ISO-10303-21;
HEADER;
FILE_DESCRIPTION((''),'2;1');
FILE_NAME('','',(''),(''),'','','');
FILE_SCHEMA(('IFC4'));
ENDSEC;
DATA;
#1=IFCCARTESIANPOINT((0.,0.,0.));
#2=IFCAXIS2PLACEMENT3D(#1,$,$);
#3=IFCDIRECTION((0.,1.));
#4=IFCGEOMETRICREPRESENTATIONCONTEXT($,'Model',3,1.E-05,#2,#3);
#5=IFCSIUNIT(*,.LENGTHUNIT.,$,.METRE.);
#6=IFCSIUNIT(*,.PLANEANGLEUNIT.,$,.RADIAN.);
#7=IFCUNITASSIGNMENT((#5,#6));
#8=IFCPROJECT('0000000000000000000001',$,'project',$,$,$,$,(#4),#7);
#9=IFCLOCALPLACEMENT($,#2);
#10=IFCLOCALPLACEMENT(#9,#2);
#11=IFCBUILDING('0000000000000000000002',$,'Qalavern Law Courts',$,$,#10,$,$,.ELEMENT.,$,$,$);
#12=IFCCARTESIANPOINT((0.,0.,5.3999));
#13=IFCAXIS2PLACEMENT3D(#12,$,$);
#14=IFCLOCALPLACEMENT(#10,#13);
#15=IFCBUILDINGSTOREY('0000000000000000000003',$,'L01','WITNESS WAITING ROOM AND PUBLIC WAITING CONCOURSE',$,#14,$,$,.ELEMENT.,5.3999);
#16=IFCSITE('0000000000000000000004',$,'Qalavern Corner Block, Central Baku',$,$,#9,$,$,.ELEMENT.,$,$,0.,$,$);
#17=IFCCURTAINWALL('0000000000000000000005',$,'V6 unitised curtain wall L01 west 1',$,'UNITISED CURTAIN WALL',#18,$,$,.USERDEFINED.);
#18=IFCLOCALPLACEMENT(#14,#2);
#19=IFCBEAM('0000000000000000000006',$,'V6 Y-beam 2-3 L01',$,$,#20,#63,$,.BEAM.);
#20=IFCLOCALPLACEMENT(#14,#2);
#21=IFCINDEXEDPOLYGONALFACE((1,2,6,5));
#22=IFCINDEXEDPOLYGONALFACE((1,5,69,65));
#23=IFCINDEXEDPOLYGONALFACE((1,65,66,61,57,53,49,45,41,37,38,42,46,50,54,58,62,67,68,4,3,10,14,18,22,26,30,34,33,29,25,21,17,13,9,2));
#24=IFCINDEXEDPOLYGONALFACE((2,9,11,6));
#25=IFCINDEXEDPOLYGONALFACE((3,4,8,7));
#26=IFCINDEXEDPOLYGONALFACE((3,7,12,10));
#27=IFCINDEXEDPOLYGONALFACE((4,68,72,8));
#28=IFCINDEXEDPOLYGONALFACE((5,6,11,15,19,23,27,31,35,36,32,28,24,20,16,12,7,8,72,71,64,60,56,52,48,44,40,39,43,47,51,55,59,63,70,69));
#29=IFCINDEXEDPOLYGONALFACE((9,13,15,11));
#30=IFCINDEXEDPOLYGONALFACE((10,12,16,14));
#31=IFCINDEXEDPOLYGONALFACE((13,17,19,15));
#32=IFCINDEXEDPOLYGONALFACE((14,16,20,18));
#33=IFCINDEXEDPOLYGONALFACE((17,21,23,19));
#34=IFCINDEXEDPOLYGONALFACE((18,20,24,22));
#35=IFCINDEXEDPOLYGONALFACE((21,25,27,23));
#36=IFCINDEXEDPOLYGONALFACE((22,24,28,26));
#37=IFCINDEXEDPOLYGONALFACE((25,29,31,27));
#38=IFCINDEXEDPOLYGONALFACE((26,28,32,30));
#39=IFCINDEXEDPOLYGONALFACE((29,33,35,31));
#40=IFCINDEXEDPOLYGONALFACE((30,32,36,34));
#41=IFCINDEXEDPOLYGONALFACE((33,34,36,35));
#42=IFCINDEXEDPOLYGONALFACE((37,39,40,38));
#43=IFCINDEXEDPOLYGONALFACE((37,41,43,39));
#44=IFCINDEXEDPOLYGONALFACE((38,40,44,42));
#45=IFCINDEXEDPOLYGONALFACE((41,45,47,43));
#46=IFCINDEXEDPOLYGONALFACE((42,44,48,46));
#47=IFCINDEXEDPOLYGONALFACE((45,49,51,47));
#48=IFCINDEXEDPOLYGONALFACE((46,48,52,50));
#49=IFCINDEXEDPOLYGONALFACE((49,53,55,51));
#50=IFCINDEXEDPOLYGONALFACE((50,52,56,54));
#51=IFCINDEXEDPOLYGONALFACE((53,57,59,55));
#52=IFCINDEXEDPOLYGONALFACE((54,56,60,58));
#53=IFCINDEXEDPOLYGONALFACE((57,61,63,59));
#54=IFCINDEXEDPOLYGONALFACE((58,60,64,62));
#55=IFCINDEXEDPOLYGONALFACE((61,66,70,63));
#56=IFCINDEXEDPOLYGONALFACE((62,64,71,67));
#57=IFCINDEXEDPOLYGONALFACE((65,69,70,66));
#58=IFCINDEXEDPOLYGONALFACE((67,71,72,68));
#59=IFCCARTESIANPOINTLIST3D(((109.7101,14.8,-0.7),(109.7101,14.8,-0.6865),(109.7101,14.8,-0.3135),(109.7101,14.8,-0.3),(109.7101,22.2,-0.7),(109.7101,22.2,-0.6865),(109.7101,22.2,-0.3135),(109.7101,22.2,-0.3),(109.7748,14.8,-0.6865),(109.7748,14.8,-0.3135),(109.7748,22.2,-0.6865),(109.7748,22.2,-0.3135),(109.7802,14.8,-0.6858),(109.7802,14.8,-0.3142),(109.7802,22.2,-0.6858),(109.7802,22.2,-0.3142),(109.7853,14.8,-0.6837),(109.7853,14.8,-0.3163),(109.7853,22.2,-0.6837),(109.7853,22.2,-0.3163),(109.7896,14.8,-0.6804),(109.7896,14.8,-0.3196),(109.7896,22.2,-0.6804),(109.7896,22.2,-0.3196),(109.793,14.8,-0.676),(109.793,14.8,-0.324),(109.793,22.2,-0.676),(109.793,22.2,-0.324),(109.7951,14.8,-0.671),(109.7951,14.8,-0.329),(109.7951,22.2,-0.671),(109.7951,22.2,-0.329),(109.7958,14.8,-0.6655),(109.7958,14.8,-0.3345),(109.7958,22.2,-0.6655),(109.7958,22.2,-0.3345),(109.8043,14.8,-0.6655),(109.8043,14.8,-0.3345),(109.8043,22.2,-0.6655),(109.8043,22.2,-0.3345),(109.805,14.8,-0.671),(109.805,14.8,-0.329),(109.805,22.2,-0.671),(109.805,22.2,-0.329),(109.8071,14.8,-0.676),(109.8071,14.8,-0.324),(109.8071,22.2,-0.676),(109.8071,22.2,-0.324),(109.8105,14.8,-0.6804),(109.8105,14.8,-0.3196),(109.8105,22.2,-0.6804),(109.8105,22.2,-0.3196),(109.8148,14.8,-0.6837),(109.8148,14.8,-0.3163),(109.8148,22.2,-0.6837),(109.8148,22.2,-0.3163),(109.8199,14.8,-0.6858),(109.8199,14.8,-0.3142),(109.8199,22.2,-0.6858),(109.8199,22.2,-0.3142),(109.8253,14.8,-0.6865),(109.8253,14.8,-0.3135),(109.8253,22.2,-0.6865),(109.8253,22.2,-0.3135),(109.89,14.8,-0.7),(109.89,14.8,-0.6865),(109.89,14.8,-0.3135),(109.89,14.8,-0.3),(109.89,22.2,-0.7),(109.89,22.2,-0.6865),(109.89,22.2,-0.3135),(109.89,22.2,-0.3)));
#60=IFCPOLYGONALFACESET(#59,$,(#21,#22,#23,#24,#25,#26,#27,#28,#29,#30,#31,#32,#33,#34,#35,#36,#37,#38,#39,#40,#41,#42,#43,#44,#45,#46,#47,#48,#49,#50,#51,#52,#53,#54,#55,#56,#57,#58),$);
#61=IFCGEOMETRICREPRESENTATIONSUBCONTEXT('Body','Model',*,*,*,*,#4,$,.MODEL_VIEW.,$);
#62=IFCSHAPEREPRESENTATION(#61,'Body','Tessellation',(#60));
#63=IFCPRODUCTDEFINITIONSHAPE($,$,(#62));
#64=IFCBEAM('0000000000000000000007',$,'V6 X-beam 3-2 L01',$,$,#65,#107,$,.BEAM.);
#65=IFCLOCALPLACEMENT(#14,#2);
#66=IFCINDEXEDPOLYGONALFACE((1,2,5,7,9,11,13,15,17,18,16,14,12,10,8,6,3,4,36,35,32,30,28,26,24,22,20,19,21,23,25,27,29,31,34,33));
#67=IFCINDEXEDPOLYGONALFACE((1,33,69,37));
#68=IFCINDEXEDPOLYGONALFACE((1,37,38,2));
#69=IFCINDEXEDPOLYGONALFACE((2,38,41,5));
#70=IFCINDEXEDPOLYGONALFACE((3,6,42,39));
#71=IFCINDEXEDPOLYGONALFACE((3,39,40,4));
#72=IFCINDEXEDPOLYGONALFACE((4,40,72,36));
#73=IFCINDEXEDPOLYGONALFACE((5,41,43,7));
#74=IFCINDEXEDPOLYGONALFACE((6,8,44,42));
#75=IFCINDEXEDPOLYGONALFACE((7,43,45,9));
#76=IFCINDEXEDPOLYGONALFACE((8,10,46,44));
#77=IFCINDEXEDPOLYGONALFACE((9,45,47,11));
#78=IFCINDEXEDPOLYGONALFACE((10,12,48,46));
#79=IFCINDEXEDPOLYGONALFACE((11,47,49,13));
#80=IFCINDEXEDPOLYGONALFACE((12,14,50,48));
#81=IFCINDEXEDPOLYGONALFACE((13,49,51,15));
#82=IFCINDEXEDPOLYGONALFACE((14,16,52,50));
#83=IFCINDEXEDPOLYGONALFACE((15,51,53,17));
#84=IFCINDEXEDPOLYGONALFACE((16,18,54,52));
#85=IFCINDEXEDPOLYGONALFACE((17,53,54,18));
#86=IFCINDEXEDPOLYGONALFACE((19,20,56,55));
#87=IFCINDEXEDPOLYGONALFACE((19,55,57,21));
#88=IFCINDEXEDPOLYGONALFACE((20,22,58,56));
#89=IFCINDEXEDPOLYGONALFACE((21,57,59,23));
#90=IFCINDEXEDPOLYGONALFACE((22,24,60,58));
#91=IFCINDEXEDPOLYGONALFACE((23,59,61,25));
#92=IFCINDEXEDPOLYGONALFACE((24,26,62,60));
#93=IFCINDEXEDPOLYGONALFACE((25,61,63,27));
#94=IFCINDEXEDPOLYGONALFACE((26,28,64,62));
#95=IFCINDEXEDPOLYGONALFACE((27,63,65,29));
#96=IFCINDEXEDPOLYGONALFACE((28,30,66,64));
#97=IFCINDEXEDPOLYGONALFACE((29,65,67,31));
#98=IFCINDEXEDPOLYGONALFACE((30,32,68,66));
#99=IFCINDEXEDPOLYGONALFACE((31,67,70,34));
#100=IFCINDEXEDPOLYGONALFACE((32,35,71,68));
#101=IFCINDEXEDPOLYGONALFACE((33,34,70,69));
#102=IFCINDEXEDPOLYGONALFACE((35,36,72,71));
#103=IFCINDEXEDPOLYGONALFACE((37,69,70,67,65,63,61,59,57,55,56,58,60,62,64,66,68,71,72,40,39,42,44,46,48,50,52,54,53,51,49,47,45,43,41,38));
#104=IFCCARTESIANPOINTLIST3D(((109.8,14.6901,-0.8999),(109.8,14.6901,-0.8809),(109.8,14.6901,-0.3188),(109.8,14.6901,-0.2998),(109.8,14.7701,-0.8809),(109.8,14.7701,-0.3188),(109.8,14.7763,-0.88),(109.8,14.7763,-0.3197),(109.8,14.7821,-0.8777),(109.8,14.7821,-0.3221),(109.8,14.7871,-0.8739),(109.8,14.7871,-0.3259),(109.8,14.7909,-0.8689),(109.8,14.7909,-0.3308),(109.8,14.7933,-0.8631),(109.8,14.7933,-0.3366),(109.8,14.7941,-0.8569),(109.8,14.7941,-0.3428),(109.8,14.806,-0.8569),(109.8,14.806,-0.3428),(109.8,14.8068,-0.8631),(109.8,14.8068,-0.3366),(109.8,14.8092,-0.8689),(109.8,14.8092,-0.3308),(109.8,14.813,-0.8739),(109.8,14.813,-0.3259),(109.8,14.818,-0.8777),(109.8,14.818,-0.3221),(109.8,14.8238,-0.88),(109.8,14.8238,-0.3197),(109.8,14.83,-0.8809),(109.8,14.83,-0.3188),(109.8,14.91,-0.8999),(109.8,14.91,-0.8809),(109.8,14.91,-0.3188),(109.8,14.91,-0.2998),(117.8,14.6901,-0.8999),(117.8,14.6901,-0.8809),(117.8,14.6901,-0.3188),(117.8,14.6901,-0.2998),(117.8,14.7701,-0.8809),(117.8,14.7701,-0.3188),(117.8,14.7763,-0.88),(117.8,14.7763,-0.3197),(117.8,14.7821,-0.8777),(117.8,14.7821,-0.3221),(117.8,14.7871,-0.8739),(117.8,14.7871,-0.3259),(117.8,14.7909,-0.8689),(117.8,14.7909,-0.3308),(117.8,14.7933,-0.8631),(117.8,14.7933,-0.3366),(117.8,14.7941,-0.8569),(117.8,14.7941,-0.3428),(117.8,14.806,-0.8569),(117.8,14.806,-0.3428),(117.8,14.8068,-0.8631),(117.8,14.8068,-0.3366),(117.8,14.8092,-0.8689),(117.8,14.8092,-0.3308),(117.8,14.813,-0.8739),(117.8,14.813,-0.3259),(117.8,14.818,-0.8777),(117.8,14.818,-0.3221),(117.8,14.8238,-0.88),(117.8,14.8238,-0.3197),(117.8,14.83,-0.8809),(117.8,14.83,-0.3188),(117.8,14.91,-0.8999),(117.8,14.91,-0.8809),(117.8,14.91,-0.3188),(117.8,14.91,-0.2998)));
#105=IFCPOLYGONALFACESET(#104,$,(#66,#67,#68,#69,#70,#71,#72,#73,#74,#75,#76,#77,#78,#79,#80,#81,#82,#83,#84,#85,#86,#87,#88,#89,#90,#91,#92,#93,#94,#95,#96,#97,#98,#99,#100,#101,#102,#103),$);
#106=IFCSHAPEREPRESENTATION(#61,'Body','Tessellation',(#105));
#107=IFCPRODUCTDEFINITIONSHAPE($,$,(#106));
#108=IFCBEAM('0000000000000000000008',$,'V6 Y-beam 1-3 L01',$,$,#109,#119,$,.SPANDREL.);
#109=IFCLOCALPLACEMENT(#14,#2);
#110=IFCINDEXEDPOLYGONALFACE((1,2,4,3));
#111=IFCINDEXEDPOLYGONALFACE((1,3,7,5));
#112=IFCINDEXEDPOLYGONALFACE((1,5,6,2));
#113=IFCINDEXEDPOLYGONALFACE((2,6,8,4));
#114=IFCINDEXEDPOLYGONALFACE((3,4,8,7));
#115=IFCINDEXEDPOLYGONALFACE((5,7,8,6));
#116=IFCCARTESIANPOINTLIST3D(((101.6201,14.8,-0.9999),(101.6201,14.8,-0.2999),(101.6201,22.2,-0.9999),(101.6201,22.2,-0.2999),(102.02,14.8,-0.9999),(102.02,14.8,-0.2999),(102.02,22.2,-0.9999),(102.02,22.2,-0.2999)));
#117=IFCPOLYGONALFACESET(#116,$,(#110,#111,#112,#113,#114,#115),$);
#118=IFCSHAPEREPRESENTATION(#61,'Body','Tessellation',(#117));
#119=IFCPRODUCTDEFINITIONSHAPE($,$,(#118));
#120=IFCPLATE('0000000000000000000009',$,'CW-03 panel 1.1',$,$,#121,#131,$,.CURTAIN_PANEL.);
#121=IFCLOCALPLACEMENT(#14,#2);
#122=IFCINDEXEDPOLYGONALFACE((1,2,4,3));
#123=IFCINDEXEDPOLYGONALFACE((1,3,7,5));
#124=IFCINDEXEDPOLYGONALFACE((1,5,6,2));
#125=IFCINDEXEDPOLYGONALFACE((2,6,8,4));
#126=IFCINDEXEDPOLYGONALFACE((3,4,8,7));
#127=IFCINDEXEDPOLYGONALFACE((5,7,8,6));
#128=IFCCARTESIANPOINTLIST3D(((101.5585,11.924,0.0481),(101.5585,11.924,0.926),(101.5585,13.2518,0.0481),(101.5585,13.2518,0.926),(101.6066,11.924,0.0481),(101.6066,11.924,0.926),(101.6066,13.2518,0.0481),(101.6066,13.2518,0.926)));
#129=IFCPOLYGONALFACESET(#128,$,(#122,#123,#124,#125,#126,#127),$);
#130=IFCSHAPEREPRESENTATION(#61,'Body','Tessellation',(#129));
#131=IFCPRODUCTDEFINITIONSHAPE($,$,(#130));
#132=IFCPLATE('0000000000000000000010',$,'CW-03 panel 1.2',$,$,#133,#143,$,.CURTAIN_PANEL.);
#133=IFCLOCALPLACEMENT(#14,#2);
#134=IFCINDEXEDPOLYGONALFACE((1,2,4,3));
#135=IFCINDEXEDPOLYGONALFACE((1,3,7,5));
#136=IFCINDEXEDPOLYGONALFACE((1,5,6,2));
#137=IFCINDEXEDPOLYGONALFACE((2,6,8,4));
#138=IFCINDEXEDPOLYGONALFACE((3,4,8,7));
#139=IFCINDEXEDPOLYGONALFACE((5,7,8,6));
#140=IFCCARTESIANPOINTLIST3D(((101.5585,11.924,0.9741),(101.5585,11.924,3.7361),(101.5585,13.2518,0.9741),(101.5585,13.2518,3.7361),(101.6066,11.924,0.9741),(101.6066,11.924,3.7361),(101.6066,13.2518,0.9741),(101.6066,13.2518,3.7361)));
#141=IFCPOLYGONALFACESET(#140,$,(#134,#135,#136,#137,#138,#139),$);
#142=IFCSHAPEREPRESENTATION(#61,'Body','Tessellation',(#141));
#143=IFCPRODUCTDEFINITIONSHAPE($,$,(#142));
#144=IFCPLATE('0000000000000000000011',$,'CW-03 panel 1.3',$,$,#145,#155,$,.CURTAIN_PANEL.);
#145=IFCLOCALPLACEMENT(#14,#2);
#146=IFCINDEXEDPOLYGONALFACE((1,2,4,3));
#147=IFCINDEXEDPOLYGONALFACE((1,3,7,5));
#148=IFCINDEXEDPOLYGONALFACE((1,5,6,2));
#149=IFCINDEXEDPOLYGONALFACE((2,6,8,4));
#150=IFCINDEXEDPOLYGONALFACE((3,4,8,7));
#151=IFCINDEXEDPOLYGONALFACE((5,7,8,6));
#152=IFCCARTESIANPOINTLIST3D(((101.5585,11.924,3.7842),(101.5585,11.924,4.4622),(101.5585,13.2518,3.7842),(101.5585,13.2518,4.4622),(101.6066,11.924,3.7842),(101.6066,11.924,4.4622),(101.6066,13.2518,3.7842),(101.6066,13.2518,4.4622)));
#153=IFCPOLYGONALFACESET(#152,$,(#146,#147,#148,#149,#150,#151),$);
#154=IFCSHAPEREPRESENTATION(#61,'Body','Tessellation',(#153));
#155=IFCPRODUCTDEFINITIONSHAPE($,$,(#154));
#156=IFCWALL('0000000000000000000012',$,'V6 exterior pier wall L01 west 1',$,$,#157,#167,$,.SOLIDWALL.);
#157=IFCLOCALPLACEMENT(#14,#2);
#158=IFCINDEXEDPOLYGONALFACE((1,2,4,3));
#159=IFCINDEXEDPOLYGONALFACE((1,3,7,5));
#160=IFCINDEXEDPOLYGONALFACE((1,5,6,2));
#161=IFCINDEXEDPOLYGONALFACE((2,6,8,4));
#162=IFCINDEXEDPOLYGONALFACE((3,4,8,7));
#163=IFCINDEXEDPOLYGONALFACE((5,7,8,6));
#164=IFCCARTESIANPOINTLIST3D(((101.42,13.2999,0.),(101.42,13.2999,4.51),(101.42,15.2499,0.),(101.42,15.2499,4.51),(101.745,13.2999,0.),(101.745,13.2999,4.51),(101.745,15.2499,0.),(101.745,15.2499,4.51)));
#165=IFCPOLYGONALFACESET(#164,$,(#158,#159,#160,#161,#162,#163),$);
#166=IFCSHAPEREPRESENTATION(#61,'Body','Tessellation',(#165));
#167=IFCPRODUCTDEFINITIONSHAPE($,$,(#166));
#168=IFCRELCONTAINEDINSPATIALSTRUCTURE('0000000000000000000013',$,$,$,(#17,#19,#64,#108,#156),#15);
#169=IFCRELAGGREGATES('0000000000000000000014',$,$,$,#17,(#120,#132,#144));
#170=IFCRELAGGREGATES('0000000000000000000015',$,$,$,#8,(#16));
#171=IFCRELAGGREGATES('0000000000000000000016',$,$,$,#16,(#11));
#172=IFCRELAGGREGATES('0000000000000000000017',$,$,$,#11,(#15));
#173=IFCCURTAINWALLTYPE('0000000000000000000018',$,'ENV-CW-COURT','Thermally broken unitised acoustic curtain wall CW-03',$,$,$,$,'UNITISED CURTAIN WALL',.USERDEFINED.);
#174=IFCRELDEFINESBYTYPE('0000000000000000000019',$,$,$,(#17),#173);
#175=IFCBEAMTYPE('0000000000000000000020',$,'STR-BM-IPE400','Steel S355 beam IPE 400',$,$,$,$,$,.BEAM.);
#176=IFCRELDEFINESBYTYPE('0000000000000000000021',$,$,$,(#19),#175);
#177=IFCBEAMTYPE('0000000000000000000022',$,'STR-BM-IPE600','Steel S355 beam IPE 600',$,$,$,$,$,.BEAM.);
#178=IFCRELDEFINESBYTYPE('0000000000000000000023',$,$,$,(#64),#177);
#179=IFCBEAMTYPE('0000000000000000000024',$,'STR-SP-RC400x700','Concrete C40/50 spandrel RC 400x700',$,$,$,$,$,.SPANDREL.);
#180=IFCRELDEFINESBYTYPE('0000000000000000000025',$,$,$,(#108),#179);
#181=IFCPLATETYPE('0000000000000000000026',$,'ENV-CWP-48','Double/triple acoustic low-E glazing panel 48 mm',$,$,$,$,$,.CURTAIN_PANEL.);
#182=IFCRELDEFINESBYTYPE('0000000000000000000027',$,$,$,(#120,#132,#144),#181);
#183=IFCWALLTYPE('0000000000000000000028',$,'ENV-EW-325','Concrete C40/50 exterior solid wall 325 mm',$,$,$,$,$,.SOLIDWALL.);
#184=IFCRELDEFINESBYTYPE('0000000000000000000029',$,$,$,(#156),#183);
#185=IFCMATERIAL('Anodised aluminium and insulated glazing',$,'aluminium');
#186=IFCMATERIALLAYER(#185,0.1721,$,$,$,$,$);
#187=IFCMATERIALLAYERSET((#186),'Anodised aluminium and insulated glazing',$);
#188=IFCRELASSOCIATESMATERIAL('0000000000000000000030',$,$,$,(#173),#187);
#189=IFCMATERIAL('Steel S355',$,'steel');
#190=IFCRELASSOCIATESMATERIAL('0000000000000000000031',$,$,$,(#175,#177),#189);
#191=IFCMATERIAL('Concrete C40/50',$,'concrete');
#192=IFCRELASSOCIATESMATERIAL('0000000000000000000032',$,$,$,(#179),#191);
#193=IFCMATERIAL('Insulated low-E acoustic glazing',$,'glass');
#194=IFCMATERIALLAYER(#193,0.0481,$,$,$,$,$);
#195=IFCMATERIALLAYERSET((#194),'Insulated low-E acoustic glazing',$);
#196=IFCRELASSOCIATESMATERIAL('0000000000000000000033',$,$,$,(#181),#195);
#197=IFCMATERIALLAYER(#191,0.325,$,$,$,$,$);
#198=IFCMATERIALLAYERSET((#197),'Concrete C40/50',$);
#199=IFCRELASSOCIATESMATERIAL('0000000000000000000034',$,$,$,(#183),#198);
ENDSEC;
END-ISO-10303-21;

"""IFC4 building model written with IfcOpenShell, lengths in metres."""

from ifc_helpers import new_model, si_unit, direction, frame, frame_2d, origin, origin_2d, place, context, subcontext, project, spatial, rectangle, i_section, extrude, material, layer, layer_set, material_profile, profile_set, type_object, element, aggregate, save


model = new_model("IFC4")

# Units and contexts
model_context = context("Model", 3, precision=1e-05, world=origin(), true_north=direction((0.0, 1.0)))
body_context = subcontext(model_context, "Body", "Model", "MODEL_VIEW")
ifc_project = project(units=[si_unit("LENGTHUNIT", "METRE"), si_unit("PLANEANGLEUNIT", "RADIAN")], contexts=[model_context])

# Site, building, storey
site_placement = place(None, origin())
site = spatial("IfcSite", under=ifc_project, at=site_placement, Name="Qalavern Corner Block, Central Baku", CompositionType="ELEMENT", RefElevation=0.0)
building_placement = place(site_placement, origin())
building = spatial("IfcBuilding", under=site, at=building_placement, Name="Qalavern Law Courts", CompositionType="ELEMENT")
storey_placement = place(building_placement, frame((0.0, 0.0, 5.3999)))
storey = spatial("IfcBuildingStorey", under=building, at=storey_placement, Name="L01", Description="WITNESS WAITING ROOM AND PUBLIC WAITING CONCOURSE", CompositionType="ELEMENT", Elevation=5.3999)

# Curtain wall
ifc_material_1 = material(Name="Anodised aluminium and insulated glazing", Category="aluminium")
ifc_layer_1 = layer(ifc_material_1, 0.1721)
ifc_layer_set_1 = layer_set([ifc_layer_1], Name="Anodised aluminium and insulated glazing")
curtain_wall_type = type_object("IfcCurtainWallType", Name="ENV-CW-COURT", Description="Thermally broken unitised acoustic curtain wall CW-03", ElementType="UNITISED CURTAIN WALL", PredefinedType="USERDEFINED", material=ifc_layer_set_1)
curtain_wall_placement = place(storey_placement, origin())
curtain_wall = element("IfcCurtainWall", 1, at=curtain_wall_placement, inside=storey, type_object=curtain_wall_type, Name="V6 unitised curtain wall L01 west 1", ObjectType="UNITISED CURTAIN WALL", PredefinedType="USERDEFINED")

# Beams
ifc_material_2 = material(Name="Steel S355", Category="steel")
ifc_material_profile_1 = material_profile(ifc_material_2, i_section(OverallWidth=0.1799, OverallDepth=0.3999, WebThickness=0.0085, FlangeThickness=0.0134, FilletRadius=0.021, at=origin_2d()), Name="IPE 400")
ifc_profile_set_1 = profile_set([ifc_material_profile_1], Name="Steel S355")
beam_type_1 = type_object("IfcBeamType", Name="STR-BM-IPE400", Description="Steel S355 beam IPE 400", PredefinedType="BEAM", material=ifc_profile_set_1)
beam_1_placement = place(storey_placement, frame((109.8, 14.8, -0.5), z_axis=(0.0, 1.0, 0.0), x_axis=(-1.0, 0.0, 0.0)))
element("IfcBeam", 2, at=beam_1_placement, inside=storey, type_object=beam_type_1, Name="V6 Y-beam 2-3 L01", PredefinedType="BEAM", context=body_context, shape_type="SweptSolid", body=[
    extrude(i_section(OverallWidth=0.1799, OverallDepth=0.3999, WebThickness=0.0085, FlangeThickness=0.0134, FilletRadius=0.021, at=origin_2d()), origin(), (0.0, 0.0, 1.0), 7.3999),
])
ifc_material_profile_2 = material_profile(ifc_material_2, i_section(OverallWidth=0.22, OverallDepth=0.6001, WebThickness=0.012, FlangeThickness=0.019, FilletRadius=0.0239, at=origin_2d()), Name="IPE 600")
ifc_profile_set_2 = profile_set([ifc_material_profile_2], Name="Steel S355")
beam_type_2 = type_object("IfcBeamType", Name="STR-BM-IPE600", Description="Steel S355 beam IPE 600", PredefinedType="BEAM", material=ifc_profile_set_2)
beam_2_placement = place(storey_placement, frame((109.8, 14.8, -0.5999), z_axis=(1.0, 0.0, 0.0), x_axis=(0.0, 1.0, 0.0)))
element("IfcBeam", 3, at=beam_2_placement, inside=storey, type_object=beam_type_2, Name="V6 X-beam 3-2 L01", PredefinedType="BEAM", context=body_context, shape_type="SweptSolid", body=[
    extrude(i_section(OverallWidth=0.22, OverallDepth=0.6001, WebThickness=0.012, FlangeThickness=0.019, FilletRadius=0.0239, at=origin_2d()), origin(), (0.0, 0.0, 1.0), 8.0),
])
ifc_material_3 = material(Name="Concrete C40/50", Category="concrete")
ifc_material_profile_3 = material_profile(ifc_material_3, rectangle(XDim=0.3999, YDim=0.7, at=origin_2d()), Name="RC 400x700")
ifc_profile_set_3 = profile_set([ifc_material_profile_3], Name="Concrete C40/50")
beam_type_3 = type_object("IfcBeamType", Name="STR-SP-RC400x700", Description="Concrete C40/50 spandrel RC 400x700", PredefinedType="SPANDREL", material=ifc_profile_set_3)
beam_3_placement = place(storey_placement, frame((101.8201, 14.8, -0.6499), z_axis=(0.0, 1.0, 0.0), x_axis=(-1.0, 0.0, 0.0)))
element("IfcBeam", 4, at=beam_3_placement, inside=storey, type_object=beam_type_3, Name="V6 Y-beam 1-3 L01", PredefinedType="SPANDREL", context=body_context, shape_type="SweptSolid", body=[
    extrude(rectangle(XDim=0.3999, YDim=0.7, at=origin_2d()), origin(), (0.0, 0.0, 1.0), 7.3999),
])

# Plates
ifc_material_4 = material(Name="Insulated low-E acoustic glazing", Category="glass")
ifc_layer_2 = layer(ifc_material_4, 0.0481)
ifc_layer_set_2 = layer_set([ifc_layer_2], Name="Insulated low-E acoustic glazing")
plate_type = type_object("IfcPlateType", Name="ENV-CWP-48", Description="Double/triple acoustic low-E glazing panel 48 mm", PredefinedType="CURTAIN_PANEL", material=ifc_layer_set_2)
plate_1_placement = place(storey_placement, frame((101.5825, 12.5879, 0.0481), z_axis=(0.0, 0.0, 1.0), x_axis=(0.0, -1.0, 0.0)))
plate_1 = element("IfcPlate", 5, at=plate_1_placement, type_object=plate_type, Name="CW-03 panel 1.1", PredefinedType="CURTAIN_PANEL", context=body_context, shape_type="SweptSolid", body=[
    extrude(rectangle(XDim=1.3279, YDim=0.0481, at=origin_2d()), origin(), (0.0, 0.0, 1.0), 0.8779),
])
plate_2_placement = place(storey_placement, frame((101.5825, 12.5879, 0.9741), z_axis=(0.0, 0.0, 1.0), x_axis=(0.0, -1.0, 0.0)))
plate_2 = element("IfcPlate", 6, at=plate_2_placement, type_object=plate_type, Name="CW-03 panel 1.2", PredefinedType="CURTAIN_PANEL", context=body_context, shape_type="SweptSolid", body=[
    extrude(rectangle(XDim=1.3279, YDim=0.0481, at=origin_2d()), origin(), (0.0, 0.0, 1.0), 2.762),
])
plate_3_placement = place(storey_placement, frame((101.5825, 12.5879, 3.7842), z_axis=(0.0, 0.0, 1.0), x_axis=(0.0, -1.0, 0.0)))
plate_3 = element("IfcPlate", 7, at=plate_3_placement, type_object=plate_type, Name="CW-03 panel 1.3", PredefinedType="CURTAIN_PANEL", context=body_context, shape_type="SweptSolid", body=[
    extrude(rectangle(XDim=1.3279, YDim=0.0481, at=origin_2d()), origin(), (0.0, 0.0, 1.0), 0.678),
])
aggregate(curtain_wall, [plate_1, plate_2, plate_3])

# Wall
ifc_layer_3 = layer(ifc_material_3, 0.325)
ifc_layer_set_3 = layer_set([ifc_layer_3], Name="Concrete C40/50")
wall_type_1 = type_object("IfcWallType", Name="ENV-EW-325", Description="Concrete C40/50 exterior solid wall 325 mm", PredefinedType="SOLIDWALL", material=ifc_layer_set_3)
wall_1_placement = place(storey_placement, frame((101.5825, 15.25, 0.0), z_axis=(0.0, 0.0, 1.0), x_axis=(0.0, -1.0, 0.0)))
element("IfcWall", 8, at=wall_1_placement, inside=storey, type_object=wall_type_1, Name="V6 exterior pier wall L01 west 1", PredefinedType="SOLIDWALL", context=body_context, shape_type="SweptSolid", body=[
    extrude(rectangle(XDim=1.95, YDim=0.325, at=frame_2d((0.9751, 0.0))), origin(), (0.0, 0.0, 1.0), 4.51),
])

save(model, "model.ifc")
